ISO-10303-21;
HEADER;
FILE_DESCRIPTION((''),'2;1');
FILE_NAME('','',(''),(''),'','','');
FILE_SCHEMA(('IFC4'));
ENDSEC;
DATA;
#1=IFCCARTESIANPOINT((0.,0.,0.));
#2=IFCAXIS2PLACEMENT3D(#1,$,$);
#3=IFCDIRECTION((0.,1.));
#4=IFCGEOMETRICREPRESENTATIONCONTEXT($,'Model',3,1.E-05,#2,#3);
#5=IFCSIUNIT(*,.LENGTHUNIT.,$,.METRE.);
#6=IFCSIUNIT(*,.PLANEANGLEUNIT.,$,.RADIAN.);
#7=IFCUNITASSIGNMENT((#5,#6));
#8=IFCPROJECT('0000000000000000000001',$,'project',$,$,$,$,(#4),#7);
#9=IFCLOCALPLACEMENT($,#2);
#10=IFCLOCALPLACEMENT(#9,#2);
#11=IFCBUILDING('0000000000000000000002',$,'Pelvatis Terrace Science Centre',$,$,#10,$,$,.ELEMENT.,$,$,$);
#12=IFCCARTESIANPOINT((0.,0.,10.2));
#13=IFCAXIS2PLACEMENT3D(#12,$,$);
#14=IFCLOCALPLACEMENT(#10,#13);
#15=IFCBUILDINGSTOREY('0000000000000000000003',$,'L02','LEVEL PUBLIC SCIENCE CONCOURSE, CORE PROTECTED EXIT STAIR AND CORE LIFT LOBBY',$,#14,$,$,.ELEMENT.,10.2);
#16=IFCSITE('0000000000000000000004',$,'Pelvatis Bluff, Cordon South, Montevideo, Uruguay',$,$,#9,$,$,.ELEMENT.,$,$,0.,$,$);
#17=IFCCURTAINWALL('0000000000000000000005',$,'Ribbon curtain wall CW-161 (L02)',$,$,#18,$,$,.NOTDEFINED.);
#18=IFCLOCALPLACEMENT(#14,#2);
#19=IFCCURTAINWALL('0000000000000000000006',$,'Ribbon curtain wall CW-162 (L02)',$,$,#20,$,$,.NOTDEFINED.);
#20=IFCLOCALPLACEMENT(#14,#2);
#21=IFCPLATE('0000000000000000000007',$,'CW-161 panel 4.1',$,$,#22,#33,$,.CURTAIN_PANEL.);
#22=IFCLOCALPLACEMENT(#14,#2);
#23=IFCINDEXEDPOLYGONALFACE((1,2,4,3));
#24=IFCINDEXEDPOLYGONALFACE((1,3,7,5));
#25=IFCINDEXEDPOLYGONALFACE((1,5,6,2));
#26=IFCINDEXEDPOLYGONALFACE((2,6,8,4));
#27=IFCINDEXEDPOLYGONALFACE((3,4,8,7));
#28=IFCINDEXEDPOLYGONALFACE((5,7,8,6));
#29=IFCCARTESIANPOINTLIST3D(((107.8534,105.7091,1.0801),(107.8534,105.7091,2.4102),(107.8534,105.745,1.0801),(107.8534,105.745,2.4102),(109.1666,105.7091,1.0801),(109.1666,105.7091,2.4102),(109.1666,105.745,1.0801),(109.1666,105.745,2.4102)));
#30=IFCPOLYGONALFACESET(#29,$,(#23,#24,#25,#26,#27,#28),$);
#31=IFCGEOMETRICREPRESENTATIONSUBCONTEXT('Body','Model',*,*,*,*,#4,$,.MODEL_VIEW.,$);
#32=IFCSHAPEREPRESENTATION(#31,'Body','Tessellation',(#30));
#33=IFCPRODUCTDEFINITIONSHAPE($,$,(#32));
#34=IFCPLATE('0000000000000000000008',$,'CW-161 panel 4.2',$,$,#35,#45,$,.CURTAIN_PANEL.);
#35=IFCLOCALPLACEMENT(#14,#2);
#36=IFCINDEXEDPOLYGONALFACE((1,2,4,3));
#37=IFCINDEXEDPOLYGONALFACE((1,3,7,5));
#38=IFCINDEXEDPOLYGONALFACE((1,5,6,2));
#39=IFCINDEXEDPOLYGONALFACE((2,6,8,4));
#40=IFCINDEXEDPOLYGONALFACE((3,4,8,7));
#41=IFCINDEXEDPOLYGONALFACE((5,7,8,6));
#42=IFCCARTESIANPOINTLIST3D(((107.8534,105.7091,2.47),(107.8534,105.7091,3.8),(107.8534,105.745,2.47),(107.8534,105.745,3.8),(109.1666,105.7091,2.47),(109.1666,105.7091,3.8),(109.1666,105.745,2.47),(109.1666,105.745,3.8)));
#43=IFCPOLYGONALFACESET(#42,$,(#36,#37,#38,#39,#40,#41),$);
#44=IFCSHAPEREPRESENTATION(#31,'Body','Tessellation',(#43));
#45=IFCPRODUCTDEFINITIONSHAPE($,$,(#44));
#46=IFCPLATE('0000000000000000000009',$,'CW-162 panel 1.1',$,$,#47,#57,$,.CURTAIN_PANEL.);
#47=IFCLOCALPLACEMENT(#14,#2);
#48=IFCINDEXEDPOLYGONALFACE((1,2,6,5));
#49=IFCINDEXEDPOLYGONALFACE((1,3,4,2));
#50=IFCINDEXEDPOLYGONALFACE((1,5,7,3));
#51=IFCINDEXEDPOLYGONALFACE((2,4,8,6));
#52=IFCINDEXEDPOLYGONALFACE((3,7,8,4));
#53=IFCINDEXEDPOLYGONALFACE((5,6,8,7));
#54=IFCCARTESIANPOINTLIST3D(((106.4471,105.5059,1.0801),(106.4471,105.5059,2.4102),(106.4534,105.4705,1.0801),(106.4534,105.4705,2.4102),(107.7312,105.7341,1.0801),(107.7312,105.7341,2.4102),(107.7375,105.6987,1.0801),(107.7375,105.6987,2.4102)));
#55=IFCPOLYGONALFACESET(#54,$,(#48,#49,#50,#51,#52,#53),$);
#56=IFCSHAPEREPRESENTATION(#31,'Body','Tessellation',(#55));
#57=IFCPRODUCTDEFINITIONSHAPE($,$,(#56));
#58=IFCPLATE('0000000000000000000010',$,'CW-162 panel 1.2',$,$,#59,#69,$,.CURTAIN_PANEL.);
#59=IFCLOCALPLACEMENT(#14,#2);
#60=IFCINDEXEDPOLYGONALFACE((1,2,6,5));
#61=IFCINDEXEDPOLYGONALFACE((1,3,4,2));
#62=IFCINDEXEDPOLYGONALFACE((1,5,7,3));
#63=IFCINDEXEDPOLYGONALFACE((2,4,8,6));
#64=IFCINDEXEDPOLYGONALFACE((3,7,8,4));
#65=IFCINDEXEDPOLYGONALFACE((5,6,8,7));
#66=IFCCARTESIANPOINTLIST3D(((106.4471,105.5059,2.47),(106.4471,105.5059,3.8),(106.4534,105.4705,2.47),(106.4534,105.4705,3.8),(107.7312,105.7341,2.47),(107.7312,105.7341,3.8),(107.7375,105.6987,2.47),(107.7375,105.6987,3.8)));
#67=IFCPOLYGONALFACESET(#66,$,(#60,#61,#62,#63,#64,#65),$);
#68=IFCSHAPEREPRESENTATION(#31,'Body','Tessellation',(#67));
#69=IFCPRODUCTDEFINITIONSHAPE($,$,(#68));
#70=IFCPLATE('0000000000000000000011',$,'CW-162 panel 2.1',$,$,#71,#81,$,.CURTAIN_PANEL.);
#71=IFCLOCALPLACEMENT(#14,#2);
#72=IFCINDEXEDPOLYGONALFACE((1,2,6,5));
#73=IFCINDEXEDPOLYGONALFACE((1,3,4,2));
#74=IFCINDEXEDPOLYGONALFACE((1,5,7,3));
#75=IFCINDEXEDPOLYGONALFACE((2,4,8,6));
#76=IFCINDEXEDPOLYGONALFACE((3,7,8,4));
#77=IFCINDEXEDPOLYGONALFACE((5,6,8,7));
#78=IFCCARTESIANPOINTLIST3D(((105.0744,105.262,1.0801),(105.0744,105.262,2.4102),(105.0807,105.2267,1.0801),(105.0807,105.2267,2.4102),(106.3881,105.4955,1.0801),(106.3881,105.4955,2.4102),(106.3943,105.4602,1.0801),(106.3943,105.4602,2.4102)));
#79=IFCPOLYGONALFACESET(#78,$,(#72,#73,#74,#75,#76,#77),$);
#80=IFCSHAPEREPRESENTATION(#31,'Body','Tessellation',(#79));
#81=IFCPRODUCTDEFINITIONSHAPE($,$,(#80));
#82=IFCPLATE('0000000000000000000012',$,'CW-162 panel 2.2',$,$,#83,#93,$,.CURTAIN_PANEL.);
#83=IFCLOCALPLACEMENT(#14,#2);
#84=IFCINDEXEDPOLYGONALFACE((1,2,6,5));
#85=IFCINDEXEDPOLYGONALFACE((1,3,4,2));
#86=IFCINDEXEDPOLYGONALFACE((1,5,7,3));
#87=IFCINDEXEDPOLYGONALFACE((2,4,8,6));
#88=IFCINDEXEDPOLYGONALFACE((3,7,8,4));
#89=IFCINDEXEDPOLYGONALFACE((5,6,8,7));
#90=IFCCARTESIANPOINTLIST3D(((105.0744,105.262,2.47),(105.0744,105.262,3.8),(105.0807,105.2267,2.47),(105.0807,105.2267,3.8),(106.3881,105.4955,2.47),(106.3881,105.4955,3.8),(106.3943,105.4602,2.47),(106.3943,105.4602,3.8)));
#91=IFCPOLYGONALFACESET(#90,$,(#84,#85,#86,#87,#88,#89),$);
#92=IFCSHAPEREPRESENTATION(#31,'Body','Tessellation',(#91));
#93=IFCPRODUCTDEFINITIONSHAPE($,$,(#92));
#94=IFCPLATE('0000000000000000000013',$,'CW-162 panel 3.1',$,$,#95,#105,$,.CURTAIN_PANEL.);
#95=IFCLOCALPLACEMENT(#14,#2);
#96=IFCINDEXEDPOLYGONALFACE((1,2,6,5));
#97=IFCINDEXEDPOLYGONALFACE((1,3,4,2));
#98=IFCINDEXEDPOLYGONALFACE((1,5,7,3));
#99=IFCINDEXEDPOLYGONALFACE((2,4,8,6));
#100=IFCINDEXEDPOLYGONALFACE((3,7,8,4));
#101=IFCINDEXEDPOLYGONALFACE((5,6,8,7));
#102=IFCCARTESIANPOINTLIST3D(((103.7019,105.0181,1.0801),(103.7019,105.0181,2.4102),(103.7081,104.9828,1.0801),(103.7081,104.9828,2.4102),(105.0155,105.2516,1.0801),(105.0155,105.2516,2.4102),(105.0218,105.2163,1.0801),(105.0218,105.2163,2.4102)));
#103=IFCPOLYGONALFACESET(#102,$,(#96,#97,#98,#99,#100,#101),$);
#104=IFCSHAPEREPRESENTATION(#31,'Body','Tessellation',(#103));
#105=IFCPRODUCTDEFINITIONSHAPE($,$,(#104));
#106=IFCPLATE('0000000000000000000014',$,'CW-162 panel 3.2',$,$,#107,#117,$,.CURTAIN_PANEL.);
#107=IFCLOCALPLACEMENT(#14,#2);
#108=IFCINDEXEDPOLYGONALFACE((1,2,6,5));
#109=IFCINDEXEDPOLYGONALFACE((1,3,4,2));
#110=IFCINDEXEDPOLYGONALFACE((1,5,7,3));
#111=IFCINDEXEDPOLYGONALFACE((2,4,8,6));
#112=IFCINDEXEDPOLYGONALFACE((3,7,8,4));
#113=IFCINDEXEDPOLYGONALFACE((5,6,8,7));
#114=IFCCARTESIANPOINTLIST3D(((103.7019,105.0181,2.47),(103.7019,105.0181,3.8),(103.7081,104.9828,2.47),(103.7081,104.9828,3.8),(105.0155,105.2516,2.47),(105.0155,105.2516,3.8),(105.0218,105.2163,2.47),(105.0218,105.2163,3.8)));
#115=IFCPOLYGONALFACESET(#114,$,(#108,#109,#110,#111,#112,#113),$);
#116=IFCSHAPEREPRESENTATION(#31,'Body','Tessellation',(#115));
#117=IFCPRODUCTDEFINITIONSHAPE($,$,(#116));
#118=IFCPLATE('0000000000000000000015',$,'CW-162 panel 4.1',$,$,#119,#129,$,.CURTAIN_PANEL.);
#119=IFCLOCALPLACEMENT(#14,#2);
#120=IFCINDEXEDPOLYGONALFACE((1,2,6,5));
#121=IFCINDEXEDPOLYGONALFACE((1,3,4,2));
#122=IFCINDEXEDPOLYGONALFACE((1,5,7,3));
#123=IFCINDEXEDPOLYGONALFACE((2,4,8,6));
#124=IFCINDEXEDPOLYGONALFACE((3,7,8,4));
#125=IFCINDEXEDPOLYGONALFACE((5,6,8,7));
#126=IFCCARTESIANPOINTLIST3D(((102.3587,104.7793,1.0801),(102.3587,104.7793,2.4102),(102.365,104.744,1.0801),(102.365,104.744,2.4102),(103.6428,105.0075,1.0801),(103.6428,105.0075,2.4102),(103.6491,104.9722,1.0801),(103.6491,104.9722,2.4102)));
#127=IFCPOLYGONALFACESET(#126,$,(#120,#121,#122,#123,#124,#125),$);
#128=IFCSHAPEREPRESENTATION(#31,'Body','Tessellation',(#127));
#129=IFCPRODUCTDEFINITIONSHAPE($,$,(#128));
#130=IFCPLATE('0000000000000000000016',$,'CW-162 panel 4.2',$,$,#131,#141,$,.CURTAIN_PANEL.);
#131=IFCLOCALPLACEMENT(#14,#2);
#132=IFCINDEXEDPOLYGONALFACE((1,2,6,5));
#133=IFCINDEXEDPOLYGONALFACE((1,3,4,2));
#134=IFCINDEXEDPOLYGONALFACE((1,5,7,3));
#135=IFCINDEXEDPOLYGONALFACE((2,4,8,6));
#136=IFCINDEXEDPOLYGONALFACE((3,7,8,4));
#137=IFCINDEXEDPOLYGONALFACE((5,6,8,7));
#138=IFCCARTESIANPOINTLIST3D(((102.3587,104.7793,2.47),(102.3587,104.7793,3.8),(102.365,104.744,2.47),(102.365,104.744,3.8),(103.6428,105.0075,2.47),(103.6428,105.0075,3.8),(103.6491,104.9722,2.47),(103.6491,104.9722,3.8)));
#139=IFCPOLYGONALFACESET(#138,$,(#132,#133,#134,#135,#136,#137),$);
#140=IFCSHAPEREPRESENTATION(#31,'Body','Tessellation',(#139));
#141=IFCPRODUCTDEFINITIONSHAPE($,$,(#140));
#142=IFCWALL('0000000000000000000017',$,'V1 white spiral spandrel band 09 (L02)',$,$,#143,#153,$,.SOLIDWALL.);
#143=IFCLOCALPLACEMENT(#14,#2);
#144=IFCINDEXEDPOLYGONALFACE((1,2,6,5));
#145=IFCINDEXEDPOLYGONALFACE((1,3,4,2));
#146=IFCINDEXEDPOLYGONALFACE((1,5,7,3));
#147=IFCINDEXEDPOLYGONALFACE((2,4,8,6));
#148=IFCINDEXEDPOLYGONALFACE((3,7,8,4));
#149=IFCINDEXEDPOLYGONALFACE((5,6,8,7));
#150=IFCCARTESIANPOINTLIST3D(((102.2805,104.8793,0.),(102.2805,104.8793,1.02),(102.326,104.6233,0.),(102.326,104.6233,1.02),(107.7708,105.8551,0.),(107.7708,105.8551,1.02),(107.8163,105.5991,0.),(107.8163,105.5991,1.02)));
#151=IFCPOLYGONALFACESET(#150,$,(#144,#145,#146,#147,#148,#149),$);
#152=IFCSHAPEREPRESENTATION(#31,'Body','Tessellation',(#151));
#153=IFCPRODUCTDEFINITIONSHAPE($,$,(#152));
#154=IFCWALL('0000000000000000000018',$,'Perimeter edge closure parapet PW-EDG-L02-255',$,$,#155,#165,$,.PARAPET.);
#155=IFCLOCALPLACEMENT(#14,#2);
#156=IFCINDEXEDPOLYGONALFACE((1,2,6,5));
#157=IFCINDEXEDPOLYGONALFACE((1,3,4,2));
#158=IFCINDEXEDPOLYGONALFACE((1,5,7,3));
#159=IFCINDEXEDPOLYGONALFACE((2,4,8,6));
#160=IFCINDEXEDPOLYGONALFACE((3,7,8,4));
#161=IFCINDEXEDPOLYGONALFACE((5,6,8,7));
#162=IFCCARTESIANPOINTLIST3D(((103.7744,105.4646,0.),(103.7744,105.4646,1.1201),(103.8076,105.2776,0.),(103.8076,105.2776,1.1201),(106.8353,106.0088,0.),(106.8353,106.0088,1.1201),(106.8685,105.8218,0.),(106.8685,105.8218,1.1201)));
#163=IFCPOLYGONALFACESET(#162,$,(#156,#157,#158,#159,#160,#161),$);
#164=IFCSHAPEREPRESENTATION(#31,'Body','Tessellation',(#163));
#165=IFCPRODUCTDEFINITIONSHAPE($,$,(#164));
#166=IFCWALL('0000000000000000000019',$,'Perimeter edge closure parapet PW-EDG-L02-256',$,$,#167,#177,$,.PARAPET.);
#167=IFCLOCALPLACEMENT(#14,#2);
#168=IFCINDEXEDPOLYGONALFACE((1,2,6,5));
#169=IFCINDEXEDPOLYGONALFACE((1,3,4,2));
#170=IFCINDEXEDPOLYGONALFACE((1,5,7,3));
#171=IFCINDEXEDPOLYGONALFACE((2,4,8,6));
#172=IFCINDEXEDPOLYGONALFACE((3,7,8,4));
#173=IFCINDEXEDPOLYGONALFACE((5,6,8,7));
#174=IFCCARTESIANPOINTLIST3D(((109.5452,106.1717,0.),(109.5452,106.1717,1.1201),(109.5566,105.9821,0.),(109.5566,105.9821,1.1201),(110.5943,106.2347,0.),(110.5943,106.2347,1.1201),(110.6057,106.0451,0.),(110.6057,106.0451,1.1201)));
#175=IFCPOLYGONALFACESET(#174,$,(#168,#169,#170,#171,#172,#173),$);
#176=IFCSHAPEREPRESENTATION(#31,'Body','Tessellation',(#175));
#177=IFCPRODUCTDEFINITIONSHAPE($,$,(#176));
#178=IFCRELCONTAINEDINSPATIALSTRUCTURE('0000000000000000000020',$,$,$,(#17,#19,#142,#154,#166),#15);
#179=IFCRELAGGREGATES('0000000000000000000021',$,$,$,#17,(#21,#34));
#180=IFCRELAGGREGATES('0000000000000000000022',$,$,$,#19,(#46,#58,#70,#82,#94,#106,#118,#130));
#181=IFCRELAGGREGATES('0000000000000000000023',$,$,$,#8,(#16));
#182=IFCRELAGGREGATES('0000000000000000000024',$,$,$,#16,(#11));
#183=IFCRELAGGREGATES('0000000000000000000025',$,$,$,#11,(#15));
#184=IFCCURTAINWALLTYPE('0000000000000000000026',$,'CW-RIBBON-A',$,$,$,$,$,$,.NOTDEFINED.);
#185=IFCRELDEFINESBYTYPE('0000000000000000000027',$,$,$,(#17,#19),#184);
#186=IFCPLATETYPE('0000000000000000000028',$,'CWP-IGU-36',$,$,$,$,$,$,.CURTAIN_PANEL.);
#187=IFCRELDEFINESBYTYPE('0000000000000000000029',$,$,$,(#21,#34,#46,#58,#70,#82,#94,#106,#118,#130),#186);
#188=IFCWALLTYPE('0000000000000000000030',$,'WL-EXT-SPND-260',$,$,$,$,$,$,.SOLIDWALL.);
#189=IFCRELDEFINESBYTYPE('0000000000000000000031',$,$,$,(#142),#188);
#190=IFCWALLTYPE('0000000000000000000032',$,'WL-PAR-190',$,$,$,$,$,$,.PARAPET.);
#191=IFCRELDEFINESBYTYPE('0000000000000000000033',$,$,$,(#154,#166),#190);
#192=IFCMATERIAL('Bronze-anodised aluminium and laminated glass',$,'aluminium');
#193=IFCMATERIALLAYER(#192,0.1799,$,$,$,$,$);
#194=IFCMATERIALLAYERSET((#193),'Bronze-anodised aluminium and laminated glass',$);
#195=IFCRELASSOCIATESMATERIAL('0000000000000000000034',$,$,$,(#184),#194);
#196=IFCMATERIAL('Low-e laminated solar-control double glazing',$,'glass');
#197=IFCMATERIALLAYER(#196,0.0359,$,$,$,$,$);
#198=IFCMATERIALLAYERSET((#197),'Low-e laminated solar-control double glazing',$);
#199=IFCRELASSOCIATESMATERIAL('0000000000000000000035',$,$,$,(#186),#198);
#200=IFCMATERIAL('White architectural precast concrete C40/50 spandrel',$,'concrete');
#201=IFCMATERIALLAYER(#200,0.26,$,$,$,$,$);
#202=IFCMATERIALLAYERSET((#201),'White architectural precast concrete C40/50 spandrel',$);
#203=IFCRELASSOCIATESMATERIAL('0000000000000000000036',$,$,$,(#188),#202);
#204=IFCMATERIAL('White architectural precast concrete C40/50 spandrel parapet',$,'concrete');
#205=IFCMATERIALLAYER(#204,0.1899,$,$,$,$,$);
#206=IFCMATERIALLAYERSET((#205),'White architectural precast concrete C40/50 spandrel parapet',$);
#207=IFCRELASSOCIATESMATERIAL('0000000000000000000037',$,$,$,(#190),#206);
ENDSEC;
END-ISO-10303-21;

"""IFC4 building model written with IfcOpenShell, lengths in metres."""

from ifc_helpers import new_model, si_unit, direction, frame, frame_2d, origin, origin_2d, place, context, subcontext, project, spatial, rectangle, extrude, material, layer, layer_set, type_object, element, aggregate, save


model = new_model("IFC4")

# Units and contexts
model_context = context("Model", 3, precision=1e-05, world=origin(), true_north=direction((0.0, 1.0)))
body_context = subcontext(model_context, "Body", "Model", "MODEL_VIEW")
ifc_project = project(units=[si_unit("LENGTHUNIT", "METRE"), si_unit("PLANEANGLEUNIT", "RADIAN")], contexts=[model_context])

# Site, building, storey
site_placement = place(None, origin())
site = spatial("IfcSite", under=ifc_project, at=site_placement, Name="Pelvatis Bluff, Cordon South, Montevideo, Uruguay", CompositionType="ELEMENT", RefElevation=0.0)
building_placement = place(site_placement, origin())
building = spatial("IfcBuilding", under=site, at=building_placement, Name="Pelvatis Terrace Science Centre", CompositionType="ELEMENT")
storey_placement = place(building_placement, frame((0.0, 0.0, 10.2)))
storey = spatial("IfcBuildingStorey", under=building, at=storey_placement, Name="L02", Description="LEVEL PUBLIC SCIENCE CONCOURSE, CORE PROTECTED EXIT STAIR AND CORE LIFT LOBBY", CompositionType="ELEMENT", Elevation=10.2)

# Curtain walls
ifc_material_1 = material(Name="Bronze-anodised aluminium and laminated glass", Category="aluminium")
ifc_layer_1 = layer(ifc_material_1, 0.1799)
ifc_layer_set_1 = layer_set([ifc_layer_1], Name="Bronze-anodised aluminium and laminated glass")
curtain_wall_type = type_object("IfcCurtainWallType", Name="CW-RIBBON-A", PredefinedType="NOTDEFINED", material=ifc_layer_set_1)
curtain_wall_1_placement = place(storey_placement, origin())
curtain_wall_1 = element("IfcCurtainWall", 1, at=curtain_wall_1_placement, inside=storey, type_object=curtain_wall_type, Name="Ribbon curtain wall CW-161 (L02)", PredefinedType="NOTDEFINED")
curtain_wall_2_placement = place(storey_placement, origin())
curtain_wall_2 = element("IfcCurtainWall", 2, at=curtain_wall_2_placement, inside=storey, type_object=curtain_wall_type, Name="Ribbon curtain wall CW-162 (L02)", PredefinedType="NOTDEFINED")

# Plates
ifc_material_2 = material(Name="Low-e laminated solar-control double glazing", Category="glass")
ifc_layer_2 = layer(ifc_material_2, 0.0359)
ifc_layer_set_2 = layer_set([ifc_layer_2], Name="Low-e laminated solar-control double glazing")
plate_type = type_object("IfcPlateType", Name="CWP-IGU-36", PredefinedType="CURTAIN_PANEL", material=ifc_layer_set_2)
plate_1_placement = place(storey_placement, frame((108.51, 105.7271, 1.0801), z_axis=(0.0, 0.0, 1.0), x_axis=(-1.0, 0.0, 0.0)))
plate_1 = element("IfcPlate", 3, at=plate_1_placement, type_object=plate_type, Name="CW-161 panel 4.1", PredefinedType="CURTAIN_PANEL", context=body_context, shape_type="SweptSolid", body=[
    extrude(rectangle(XDim=1.3132, YDim=0.0359, at=origin_2d()), origin(), (0.0, 0.0, 1.0), 1.3301),
])
plate_2_placement = place(storey_placement, frame((108.51, 105.7271, 2.47), z_axis=(0.0, 0.0, 1.0), x_axis=(-1.0, 0.0, 0.0)))
plate_2 = element("IfcPlate", 4, at=plate_2_placement, type_object=plate_type, Name="CW-161 panel 4.2", PredefinedType="CURTAIN_PANEL", context=body_context, shape_type="SweptSolid", body=[
    extrude(rectangle(XDim=1.3132, YDim=0.0359, at=origin_2d()), origin(), (0.0, 0.0, 1.0), 1.3301),
])
aggregate(curtain_wall_1, [plate_1, plate_2])
plate_3_placement = place(storey_placement, frame((107.0923, 105.6023, 1.0801), z_axis=(0.0, 0.0, 1.0), x_axis=(-0.984571, -0.174983, 0.0)))
plate_3 = element("IfcPlate", 5, at=plate_3_placement, type_object=plate_type, Name="CW-162 panel 1.1", PredefinedType="CURTAIN_PANEL", context=body_context, shape_type="SweptSolid", body=[
    extrude(rectangle(XDim=1.3042, YDim=0.0359, at=origin_2d()), origin(), (0.0, 0.0, 1.0), 1.3301),
])
plate_4_placement = place(storey_placement, frame((107.0923, 105.6023, 2.47), z_axis=(0.0, 0.0, 1.0), x_axis=(-0.984571, -0.174983, 0.0)))
plate_4 = element("IfcPlate", 6, at=plate_4_placement, type_object=plate_type, Name="CW-162 panel 1.2", PredefinedType="CURTAIN_PANEL", context=body_context, shape_type="SweptSolid", body=[
    extrude(rectangle(XDim=1.3042, YDim=0.0359, at=origin_2d()), origin(), (0.0, 0.0, 1.0), 1.3301),
])
plate_5_placement = place(storey_placement, frame((105.7344, 105.3611, 1.0801), z_axis=(0.0, 0.0, 1.0), x_axis=(-0.984571, -0.174983, 0.0)))
plate_5 = element("IfcPlate", 7, at=plate_5_placement, type_object=plate_type, Name="CW-162 panel 2.1", PredefinedType="CURTAIN_PANEL", context=body_context, shape_type="SweptSolid", body=[
    extrude(rectangle(XDim=1.3342, YDim=0.0359, at=origin_2d()), origin(), (0.0, 0.0, 1.0), 1.3301),
])
plate_6_placement = place(storey_placement, frame((105.7344, 105.3611, 2.47), z_axis=(0.0, 0.0, 1.0), x_axis=(-0.984571, -0.174983, 0.0)))
plate_6 = element("IfcPlate", 8, at=plate_6_placement, type_object=plate_type, Name="CW-162 panel 2.2", PredefinedType="CURTAIN_PANEL", context=body_context, shape_type="SweptSolid", body=[
    extrude(rectangle(XDim=1.3342, YDim=0.0359, at=origin_2d()), origin(), (0.0, 0.0, 1.0), 1.3301),
])
plate_7_placement = place(storey_placement, frame((104.3618, 105.1172, 1.0801), z_axis=(0.0, 0.0, 1.0), x_axis=(-0.984571, -0.174983, 0.0)))
plate_7 = element("IfcPlate", 9, at=plate_7_placement, type_object=plate_type, Name="CW-162 panel 3.1", PredefinedType="CURTAIN_PANEL", context=body_context, shape_type="SweptSolid", body=[
    extrude(rectangle(XDim=1.3342, YDim=0.0359, at=origin_2d()), origin(), (0.0, 0.0, 1.0), 1.3301),
])
plate_8_placement = place(storey_placement, frame((104.3618, 105.1172, 2.47), z_axis=(0.0, 0.0, 1.0), x_axis=(-0.984571, -0.174983, 0.0)))
plate_8 = element("IfcPlate", 10, at=plate_8_placement, type_object=plate_type, Name="CW-162 panel 3.2", PredefinedType="CURTAIN_PANEL", context=body_context, shape_type="SweptSolid", body=[
    extrude(rectangle(XDim=1.3342, YDim=0.0359, at=origin_2d()), origin(), (0.0, 0.0, 1.0), 1.3301),
])
plate_9_placement = place(storey_placement, frame((103.0039, 104.8757, 1.0801), z_axis=(0.0, 0.0, 1.0), x_axis=(-0.984571, -0.174983, 0.0)))
plate_9 = element("IfcPlate", 11, at=plate_9_placement, type_object=plate_type, Name="CW-162 panel 4.1", PredefinedType="CURTAIN_PANEL", context=body_context, shape_type="SweptSolid", body=[
    extrude(rectangle(XDim=1.3042, YDim=0.0359, at=origin_2d()), origin(), (0.0, 0.0, 1.0), 1.3301),
])
plate_10_placement = place(storey_placement, frame((103.0039, 104.8757, 2.47), z_axis=(0.0, 0.0, 1.0), x_axis=(-0.984571, -0.174983, 0.0)))
plate_10 = element("IfcPlate", 12, at=plate_10_placement, type_object=plate_type, Name="CW-162 panel 4.2", PredefinedType="CURTAIN_PANEL", context=body_context, shape_type="SweptSolid", body=[
    extrude(rectangle(XDim=1.3042, YDim=0.0359, at=origin_2d()), origin(), (0.0, 0.0, 1.0), 1.3301),
])
aggregate(curtain_wall_2, [plate_3, plate_4, plate_5, plate_6, plate_7, plate_8, plate_9, plate_10])

# Walls
ifc_material_3 = material(Name="White architectural precast concrete C40/50 spandrel", Category="concrete")
ifc_layer_3 = layer(ifc_material_3, 0.26)
ifc_layer_set_3 = layer_set([ifc_layer_3], Name="White architectural precast concrete C40/50 spandrel")
wall_type_1 = type_object("IfcWallType", Name="WL-EXT-SPND-260", PredefinedType="SOLIDWALL", material=ifc_layer_set_3)
wall_1_placement = place(storey_placement, frame((107.7935, 105.7271, 0.0), z_axis=(0.0, 0.0, 1.0), x_axis=(-0.98457, -0.174989, 0.0)))
element("IfcWall", 13, at=wall_1_placement, inside=storey, type_object=wall_type_1, Name="V1 white spiral spandrel band 09 (L02)", PredefinedType="SOLIDWALL", context=body_context, shape_type="SweptSolid", body=[
    extrude(rectangle(XDim=5.5764, YDim=0.26, at=frame_2d((2.7881, 0.0))), origin(), (0.0, 0.0, 1.0), 1.02),
])
ifc_material_4 = material(Name="White architectural precast concrete C40/50 spandrel parapet", Category="concrete")
ifc_layer_4 = layer(ifc_material_4, 0.1899)
ifc_layer_set_4 = layer_set([ifc_layer_4], Name="White architectural precast concrete C40/50 spandrel parapet")
wall_type_2 = type_object("IfcWallType", Name="WL-PAR-190", PredefinedType="PARAPET", material=ifc_layer_set_4)
wall_2_placement = place(storey_placement, frame((103.791, 105.3711, 0.0), z_axis=(0.0, 0.0, 1.0), x_axis=(0.98456, 0.175049, 0.0)))
element("IfcWall", 14, at=wall_2_placement, inside=storey, type_object=wall_type_2, Name="Perimeter edge closure parapet PW-EDG-L02-255", PredefinedType="PARAPET", context=body_context, shape_type="SweptSolid", body=[
    extrude(rectangle(XDim=3.1089, YDim=0.1899, at=frame_2d((1.5544, 0.0))), origin(), (0.0, 0.0, 1.0), 1.1201),
])
wall_3_placement = place(storey_placement, frame((109.551, 106.0769, 0.0), z_axis=(0.0, 0.0, 1.0), x_axis=(0.998202, 0.059934, 0.0)))
element("IfcWall", 15, at=wall_3_placement, inside=storey, type_object=wall_type_2, Name="Perimeter edge closure parapet PW-EDG-L02-256", PredefinedType="PARAPET", context=body_context, shape_type="SweptSolid", body=[
    extrude(rectangle(XDim=1.051, YDim=0.1899, at=frame_2d((0.5254, 0.0))), origin(), (0.0, 0.0, 1.0), 1.1201),
])

save(model, "model.ifc")
